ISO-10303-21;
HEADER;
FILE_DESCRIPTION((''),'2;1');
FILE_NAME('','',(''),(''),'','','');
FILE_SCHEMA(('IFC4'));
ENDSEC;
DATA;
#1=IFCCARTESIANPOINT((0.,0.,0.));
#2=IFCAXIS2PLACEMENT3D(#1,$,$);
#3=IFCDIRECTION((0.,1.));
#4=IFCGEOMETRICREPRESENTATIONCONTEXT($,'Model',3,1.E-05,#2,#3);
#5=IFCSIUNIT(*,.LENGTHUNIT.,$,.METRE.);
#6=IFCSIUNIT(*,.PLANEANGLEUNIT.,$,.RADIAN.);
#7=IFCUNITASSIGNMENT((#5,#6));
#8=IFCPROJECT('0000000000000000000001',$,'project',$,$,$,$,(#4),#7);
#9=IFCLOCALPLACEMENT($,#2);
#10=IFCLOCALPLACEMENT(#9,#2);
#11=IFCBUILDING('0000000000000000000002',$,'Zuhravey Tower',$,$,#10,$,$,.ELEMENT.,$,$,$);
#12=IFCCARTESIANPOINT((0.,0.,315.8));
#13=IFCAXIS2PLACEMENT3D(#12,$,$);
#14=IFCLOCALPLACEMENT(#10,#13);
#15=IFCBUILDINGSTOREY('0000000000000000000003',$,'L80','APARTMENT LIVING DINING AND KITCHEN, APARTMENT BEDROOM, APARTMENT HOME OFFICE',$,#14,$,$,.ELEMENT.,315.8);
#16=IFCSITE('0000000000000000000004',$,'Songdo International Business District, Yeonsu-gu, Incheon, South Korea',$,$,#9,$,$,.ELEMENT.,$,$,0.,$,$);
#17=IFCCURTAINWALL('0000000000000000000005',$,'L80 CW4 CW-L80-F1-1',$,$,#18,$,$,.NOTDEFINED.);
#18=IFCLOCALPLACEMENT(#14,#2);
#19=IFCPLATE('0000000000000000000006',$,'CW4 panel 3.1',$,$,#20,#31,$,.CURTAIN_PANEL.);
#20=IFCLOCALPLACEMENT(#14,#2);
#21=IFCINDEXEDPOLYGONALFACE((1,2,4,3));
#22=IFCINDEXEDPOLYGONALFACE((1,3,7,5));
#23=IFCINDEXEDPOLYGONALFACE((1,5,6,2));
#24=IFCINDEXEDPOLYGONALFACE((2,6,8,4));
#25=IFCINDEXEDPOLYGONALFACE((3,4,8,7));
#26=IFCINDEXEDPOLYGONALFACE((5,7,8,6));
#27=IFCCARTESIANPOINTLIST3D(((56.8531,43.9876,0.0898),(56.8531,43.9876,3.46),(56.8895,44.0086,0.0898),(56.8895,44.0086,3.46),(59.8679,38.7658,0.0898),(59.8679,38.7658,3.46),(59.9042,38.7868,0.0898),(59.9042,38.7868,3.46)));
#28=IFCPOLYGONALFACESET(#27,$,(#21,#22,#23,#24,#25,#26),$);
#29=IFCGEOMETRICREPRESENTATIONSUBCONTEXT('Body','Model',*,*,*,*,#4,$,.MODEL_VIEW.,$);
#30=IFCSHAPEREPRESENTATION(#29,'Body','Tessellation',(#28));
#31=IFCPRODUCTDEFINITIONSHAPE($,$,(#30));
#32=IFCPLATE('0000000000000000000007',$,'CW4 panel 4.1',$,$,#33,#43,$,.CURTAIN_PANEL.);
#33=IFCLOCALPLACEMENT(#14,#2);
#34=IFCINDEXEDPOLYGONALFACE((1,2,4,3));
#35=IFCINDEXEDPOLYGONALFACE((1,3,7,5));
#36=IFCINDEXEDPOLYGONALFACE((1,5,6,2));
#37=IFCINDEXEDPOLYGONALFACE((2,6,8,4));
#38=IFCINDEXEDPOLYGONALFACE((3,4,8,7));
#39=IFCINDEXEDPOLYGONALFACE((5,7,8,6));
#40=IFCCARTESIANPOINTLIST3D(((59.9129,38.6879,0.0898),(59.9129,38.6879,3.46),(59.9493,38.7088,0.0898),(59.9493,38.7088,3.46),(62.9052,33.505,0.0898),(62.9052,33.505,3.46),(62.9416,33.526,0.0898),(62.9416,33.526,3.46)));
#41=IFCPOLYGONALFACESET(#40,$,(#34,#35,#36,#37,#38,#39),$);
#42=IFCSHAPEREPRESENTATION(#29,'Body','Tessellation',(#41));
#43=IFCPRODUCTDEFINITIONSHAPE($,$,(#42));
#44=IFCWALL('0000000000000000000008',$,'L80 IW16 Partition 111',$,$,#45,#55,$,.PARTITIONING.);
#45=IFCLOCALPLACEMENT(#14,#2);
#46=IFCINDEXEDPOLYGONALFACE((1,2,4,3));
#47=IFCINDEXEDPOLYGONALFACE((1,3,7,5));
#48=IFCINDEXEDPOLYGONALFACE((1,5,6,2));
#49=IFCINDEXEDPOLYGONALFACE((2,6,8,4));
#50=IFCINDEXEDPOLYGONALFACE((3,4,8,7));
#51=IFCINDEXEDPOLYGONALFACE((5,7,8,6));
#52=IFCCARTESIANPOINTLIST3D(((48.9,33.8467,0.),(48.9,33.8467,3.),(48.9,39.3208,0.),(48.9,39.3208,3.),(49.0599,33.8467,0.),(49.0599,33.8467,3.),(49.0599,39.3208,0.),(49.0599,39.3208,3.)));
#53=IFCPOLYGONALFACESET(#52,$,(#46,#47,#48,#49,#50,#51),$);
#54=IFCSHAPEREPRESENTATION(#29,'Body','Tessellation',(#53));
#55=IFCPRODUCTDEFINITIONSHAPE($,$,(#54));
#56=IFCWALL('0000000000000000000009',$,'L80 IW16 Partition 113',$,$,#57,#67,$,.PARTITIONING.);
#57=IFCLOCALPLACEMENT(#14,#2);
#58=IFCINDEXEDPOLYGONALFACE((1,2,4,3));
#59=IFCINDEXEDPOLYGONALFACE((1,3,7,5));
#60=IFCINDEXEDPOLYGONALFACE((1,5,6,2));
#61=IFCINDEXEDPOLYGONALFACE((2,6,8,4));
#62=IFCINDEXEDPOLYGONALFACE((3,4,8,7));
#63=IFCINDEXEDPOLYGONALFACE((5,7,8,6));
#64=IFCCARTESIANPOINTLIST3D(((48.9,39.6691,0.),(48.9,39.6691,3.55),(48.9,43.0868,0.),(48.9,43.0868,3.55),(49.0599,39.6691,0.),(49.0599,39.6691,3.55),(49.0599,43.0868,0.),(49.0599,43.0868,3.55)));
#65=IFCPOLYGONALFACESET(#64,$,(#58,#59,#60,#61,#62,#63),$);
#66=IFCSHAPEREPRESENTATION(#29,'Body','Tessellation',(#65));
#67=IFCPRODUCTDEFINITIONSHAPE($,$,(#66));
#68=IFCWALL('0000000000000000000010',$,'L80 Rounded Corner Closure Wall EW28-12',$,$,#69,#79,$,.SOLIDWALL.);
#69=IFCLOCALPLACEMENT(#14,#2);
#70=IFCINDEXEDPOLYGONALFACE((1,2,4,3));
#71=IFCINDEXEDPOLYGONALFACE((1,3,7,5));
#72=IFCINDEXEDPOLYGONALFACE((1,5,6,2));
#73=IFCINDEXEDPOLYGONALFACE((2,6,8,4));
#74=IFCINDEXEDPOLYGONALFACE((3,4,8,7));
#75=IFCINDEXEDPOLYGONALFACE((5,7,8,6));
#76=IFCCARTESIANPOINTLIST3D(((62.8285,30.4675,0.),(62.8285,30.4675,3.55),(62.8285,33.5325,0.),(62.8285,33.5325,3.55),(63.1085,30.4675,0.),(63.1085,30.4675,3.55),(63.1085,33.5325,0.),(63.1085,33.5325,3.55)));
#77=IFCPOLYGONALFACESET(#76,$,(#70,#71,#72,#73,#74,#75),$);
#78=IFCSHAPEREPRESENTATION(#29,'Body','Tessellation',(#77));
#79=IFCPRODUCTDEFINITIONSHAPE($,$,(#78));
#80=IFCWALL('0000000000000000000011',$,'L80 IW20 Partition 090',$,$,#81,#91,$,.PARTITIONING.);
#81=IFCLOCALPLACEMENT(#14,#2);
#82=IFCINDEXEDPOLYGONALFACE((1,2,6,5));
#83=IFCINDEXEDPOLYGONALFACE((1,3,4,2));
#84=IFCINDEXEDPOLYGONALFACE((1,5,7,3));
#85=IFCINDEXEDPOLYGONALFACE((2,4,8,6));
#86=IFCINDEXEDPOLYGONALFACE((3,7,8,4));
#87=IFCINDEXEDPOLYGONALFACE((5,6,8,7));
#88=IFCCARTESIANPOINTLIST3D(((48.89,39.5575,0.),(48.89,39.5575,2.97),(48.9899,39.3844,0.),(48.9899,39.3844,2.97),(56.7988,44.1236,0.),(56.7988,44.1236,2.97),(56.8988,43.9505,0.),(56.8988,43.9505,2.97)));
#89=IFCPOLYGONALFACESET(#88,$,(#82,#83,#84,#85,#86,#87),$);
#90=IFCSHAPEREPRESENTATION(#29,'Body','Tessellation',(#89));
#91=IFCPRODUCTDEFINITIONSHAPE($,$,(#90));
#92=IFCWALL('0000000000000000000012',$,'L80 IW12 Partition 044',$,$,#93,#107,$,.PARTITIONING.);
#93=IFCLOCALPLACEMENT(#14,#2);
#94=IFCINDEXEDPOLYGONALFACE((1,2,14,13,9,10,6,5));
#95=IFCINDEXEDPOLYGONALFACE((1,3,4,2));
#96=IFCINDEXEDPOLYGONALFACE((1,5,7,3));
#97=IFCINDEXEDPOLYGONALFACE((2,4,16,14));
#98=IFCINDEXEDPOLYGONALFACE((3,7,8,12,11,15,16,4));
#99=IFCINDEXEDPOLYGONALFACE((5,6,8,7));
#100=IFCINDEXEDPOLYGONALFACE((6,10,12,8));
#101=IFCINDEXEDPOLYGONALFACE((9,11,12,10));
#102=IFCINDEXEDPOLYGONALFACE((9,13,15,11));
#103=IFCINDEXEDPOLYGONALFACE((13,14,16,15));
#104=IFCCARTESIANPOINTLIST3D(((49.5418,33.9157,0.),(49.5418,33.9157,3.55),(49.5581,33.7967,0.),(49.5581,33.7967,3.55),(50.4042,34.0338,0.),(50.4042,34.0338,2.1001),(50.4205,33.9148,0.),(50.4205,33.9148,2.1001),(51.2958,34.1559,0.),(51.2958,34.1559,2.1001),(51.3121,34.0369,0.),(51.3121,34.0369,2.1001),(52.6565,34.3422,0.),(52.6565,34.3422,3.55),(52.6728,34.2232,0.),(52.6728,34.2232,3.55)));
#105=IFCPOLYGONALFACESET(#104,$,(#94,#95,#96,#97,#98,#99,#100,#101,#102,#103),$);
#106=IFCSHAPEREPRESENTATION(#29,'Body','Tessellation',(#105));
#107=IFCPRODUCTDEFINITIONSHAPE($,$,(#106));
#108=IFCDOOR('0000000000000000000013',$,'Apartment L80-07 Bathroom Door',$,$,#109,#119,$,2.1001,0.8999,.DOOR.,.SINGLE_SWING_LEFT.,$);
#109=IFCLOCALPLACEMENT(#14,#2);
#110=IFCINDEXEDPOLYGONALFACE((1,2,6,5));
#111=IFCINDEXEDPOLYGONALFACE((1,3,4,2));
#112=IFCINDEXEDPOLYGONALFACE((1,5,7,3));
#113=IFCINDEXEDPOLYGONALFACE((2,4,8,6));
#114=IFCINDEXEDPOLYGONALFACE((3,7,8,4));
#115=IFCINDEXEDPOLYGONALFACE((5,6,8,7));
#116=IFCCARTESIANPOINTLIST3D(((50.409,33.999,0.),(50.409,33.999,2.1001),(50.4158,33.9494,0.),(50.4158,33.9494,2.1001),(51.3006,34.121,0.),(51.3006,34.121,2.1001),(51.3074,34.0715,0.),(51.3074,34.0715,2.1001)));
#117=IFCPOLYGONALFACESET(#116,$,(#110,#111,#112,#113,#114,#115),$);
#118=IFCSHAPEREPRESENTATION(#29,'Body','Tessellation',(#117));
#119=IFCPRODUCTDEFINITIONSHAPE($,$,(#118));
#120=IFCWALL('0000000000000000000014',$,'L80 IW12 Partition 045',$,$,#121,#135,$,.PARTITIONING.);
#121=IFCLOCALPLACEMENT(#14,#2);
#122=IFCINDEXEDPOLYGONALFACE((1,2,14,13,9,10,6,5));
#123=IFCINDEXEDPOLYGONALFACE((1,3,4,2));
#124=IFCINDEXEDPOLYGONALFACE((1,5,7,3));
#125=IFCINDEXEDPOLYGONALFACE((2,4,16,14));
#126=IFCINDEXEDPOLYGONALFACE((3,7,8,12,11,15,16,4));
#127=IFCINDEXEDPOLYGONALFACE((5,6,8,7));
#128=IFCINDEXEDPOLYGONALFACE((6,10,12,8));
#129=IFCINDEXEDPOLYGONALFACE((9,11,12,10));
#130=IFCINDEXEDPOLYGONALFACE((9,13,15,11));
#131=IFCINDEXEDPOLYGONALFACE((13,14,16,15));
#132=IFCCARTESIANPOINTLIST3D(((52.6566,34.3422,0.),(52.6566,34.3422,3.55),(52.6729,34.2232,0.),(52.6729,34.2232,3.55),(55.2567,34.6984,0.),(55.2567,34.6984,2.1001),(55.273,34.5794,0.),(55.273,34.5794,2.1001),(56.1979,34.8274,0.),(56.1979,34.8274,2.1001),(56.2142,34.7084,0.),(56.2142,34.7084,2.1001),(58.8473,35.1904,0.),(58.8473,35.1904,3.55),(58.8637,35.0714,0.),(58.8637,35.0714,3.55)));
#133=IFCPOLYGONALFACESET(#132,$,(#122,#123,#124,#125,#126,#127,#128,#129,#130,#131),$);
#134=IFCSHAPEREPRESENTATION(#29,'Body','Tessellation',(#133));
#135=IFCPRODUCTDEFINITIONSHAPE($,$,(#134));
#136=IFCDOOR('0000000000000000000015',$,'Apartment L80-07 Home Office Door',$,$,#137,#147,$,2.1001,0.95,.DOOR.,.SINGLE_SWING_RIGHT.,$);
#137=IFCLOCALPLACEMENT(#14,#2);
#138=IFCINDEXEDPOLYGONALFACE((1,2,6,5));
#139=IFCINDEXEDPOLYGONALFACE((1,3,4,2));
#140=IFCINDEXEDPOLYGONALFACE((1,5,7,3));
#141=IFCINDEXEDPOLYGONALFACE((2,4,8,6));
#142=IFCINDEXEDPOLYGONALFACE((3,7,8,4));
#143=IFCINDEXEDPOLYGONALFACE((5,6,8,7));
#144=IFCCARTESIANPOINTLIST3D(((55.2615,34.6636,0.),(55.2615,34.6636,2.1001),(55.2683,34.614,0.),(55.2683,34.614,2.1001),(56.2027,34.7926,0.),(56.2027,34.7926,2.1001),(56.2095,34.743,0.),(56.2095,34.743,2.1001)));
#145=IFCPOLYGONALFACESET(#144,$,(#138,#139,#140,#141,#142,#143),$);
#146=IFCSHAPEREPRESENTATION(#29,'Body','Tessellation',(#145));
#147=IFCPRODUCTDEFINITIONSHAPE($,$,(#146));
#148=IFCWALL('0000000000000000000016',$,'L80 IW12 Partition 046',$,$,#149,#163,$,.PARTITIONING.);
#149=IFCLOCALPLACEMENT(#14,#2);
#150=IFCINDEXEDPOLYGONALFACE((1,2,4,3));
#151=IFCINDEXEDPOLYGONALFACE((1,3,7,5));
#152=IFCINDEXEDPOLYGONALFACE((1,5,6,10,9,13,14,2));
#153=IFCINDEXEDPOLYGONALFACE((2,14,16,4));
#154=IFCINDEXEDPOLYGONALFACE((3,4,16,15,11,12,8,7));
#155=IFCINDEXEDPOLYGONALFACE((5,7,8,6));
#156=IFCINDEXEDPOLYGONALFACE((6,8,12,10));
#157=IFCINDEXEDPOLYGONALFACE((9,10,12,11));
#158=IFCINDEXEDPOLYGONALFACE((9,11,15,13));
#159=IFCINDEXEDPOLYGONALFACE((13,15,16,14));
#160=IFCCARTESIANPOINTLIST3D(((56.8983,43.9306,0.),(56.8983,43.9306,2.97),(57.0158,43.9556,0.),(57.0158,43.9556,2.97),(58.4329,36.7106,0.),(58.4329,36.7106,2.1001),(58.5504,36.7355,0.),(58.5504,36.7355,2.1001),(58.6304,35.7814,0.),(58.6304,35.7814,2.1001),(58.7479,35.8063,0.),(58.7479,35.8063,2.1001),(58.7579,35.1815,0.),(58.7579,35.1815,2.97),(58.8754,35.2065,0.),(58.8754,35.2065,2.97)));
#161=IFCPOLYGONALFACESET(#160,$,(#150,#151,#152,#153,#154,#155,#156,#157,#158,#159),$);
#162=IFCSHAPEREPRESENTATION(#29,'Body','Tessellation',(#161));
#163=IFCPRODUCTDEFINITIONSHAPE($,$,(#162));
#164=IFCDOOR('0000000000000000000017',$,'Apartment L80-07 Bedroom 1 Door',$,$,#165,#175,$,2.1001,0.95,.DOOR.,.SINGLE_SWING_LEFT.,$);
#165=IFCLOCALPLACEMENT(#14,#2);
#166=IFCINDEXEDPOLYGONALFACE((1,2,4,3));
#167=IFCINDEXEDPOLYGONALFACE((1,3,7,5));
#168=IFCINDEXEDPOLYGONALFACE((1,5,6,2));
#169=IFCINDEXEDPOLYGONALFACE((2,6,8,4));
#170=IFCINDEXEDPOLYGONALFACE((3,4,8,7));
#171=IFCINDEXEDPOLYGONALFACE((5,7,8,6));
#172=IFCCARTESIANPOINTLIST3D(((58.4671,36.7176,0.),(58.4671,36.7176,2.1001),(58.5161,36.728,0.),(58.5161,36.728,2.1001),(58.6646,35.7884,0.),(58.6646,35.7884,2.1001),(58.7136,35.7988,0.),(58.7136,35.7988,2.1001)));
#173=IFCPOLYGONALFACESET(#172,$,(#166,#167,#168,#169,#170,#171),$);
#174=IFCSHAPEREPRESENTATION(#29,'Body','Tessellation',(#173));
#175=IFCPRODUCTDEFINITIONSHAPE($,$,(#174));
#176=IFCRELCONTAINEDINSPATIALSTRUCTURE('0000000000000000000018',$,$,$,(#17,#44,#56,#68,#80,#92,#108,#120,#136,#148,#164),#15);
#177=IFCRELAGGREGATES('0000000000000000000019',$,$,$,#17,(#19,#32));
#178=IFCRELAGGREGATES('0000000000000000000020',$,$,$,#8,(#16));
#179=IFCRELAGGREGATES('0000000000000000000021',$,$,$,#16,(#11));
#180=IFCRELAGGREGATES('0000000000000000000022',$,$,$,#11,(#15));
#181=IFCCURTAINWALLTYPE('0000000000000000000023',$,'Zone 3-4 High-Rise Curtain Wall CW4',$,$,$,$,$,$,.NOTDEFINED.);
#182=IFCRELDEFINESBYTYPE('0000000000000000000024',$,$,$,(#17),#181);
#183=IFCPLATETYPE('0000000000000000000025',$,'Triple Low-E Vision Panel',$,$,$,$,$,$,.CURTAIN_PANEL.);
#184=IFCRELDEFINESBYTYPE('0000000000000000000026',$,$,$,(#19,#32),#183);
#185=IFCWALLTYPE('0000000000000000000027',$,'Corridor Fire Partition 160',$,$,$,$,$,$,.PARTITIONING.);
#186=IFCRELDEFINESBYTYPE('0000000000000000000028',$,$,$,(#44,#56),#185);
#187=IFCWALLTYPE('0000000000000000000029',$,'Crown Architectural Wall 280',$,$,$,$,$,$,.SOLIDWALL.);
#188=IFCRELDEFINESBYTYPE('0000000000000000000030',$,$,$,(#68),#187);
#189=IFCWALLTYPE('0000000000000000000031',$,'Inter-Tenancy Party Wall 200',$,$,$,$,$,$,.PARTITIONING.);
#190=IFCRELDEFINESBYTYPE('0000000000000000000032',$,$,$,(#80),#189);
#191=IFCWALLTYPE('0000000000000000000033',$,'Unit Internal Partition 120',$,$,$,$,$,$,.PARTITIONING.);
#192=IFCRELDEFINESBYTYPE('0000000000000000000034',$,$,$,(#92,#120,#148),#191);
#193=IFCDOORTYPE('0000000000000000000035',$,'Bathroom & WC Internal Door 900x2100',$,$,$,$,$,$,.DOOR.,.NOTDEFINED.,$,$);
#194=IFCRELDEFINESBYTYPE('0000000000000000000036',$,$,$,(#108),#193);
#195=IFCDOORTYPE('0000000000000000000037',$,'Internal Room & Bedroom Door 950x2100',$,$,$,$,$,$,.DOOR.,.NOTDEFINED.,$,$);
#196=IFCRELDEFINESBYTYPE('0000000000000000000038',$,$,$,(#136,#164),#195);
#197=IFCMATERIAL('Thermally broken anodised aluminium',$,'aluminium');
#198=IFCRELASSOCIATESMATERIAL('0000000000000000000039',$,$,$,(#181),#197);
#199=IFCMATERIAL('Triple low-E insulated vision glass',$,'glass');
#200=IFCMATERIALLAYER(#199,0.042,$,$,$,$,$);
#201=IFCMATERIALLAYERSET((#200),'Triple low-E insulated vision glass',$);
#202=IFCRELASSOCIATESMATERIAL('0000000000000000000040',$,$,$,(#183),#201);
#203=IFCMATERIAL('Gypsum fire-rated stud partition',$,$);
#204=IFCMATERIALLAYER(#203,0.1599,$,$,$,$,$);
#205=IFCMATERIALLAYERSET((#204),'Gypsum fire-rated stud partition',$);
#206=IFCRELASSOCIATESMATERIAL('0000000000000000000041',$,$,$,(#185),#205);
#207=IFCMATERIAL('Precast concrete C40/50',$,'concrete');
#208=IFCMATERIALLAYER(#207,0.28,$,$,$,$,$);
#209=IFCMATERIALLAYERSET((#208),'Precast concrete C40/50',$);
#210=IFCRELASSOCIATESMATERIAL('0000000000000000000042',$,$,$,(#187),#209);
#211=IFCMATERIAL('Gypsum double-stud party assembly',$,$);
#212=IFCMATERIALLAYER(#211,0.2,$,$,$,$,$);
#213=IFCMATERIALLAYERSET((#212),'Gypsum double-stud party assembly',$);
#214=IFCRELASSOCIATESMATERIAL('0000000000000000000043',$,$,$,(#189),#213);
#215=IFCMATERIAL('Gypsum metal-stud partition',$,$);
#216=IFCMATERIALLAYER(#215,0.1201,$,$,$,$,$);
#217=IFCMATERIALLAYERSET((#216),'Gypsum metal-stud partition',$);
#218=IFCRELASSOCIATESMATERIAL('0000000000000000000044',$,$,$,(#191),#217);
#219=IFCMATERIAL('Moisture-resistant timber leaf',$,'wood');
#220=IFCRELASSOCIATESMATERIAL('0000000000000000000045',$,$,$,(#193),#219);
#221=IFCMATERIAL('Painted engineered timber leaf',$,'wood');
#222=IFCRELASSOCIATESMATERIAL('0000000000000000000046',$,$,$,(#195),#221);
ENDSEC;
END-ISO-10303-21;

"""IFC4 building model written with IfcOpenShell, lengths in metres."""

from ifc_helpers import new_model, si_unit, direction, frame, frame_2d, origin, origin_2d, place, context, subcontext, project, spatial, rectangle, extrude, material, layer, layer_set, type_object, element, fill, aggregate, save


model = new_model("IFC4")

# Units and contexts
model_context = context("Model", 3, precision=1e-05, world=origin(), true_north=direction((0.0, 1.0)))
body_context = subcontext(model_context, "Body", "Model", "MODEL_VIEW")
ifc_project = project(units=[si_unit("LENGTHUNIT", "METRE"), si_unit("PLANEANGLEUNIT", "RADIAN")], contexts=[model_context])

# Site, building, storey
site_placement = place(None, origin())
site = spatial("IfcSite", under=ifc_project, at=site_placement, Name="Songdo International Business District, Yeonsu-gu, Incheon, South Korea", CompositionType="ELEMENT", RefElevation=0.0)
building_placement = place(site_placement, origin())
building = spatial("IfcBuilding", under=site, at=building_placement, Name="Zuhravey Tower", CompositionType="ELEMENT")
storey_placement = place(building_placement, frame((0.0, 0.0, 315.8)))
storey = spatial("IfcBuildingStorey", under=building, at=storey_placement, Name="L80", Description="APARTMENT LIVING DINING AND KITCHEN, APARTMENT BEDROOM, APARTMENT HOME OFFICE", CompositionType="ELEMENT", Elevation=315.8)

# Curtain wall
ifc_material_1 = material(Name="Thermally broken anodised aluminium", Category="aluminium")
curtain_wall_type = type_object("IfcCurtainWallType", Name="Zone 3-4 High-Rise Curtain Wall CW4", PredefinedType="NOTDEFINED", material=ifc_material_1)
curtain_wall_placement = place(storey_placement, origin())
curtain_wall = element("IfcCurtainWall", 1, at=curtain_wall_placement, inside=storey, type_object=curtain_wall_type, Name="L80 CW4 CW-L80-F1-1", PredefinedType="NOTDEFINED")

# Plates
ifc_material_2 = material(Name="Triple low-E insulated vision glass", Category="glass")
ifc_layer_1 = layer(ifc_material_2, 0.042)
ifc_layer_set_1 = layer_set([ifc_layer_1], Name="Triple low-E insulated vision glass")
plate_type_1 = type_object("IfcPlateType", Name="Triple Low-E Vision Panel", PredefinedType="CURTAIN_PANEL", material=ifc_layer_set_1)
plate_1_placement = place(storey_placement, frame((58.3787, 41.3872, 0.0898), z_axis=(0.0, 0.0, 1.0), x_axis=(0.5, -0.866026, 0.0)))
plate_1 = element("IfcPlate", 2, at=plate_1_placement, type_object=plate_type_1, Name="CW4 panel 3.1", PredefinedType="CURTAIN_PANEL", context=body_context, shape_type="SweptSolid", body=[
    extrude(rectangle(XDim=6.0295, YDim=0.042, at=origin_2d()), origin(), (0.0, 0.0, 1.0), 3.3701),
])
plate_2_placement = place(storey_placement, frame((61.4272, 36.1069, 0.0898), z_axis=(0.0, 0.0, 1.0), x_axis=(0.5, -0.866026, 0.0)))
plate_2 = element("IfcPlate", 3, at=plate_2_placement, type_object=plate_type_1, Name="CW4 panel 4.1", PredefinedType="CURTAIN_PANEL", context=body_context, shape_type="SweptSolid", body=[
    extrude(rectangle(XDim=5.9846, YDim=0.042, at=origin_2d()), origin(), (0.0, 0.0, 1.0), 3.3701),
])
aggregate(curtain_wall, [plate_1, plate_2])

# Walls
ifc_material_3 = material(Name="Gypsum fire-rated stud partition")
ifc_layer_2 = layer(ifc_material_3, 0.1599)
ifc_layer_set_2 = layer_set([ifc_layer_2], Name="Gypsum fire-rated stud partition")
wall_type_1 = type_object("IfcWallType", Name="Corridor Fire Partition 160", PredefinedType="PARTITIONING", material=ifc_layer_set_2)
wall_1_placement = place(storey_placement, frame((48.98, 33.8467, 0.0), z_axis=(0.0, 0.0, 1.0), x_axis=(0.0, 1.0, 0.0)))
element("IfcWall", 4, at=wall_1_placement, inside=storey, type_object=wall_type_1, Name="L80 IW16 Partition 111", PredefinedType="PARTITIONING", context=body_context, shape_type="SweptSolid", body=[
    extrude(rectangle(XDim=5.4741, YDim=0.1599, at=frame_2d((2.7371, 0.0))), origin(), (0.0, 0.0, 1.0), 3.0),
])
wall_2_placement = place(storey_placement, frame((48.98, 39.6689, 0.0), z_axis=(0.0, 0.0, 1.0), x_axis=(0.0, 1.0, 0.0)))
element("IfcWall", 5, at=wall_2_placement, inside=storey, type_object=wall_type_1, Name="L80 IW16 Partition 113", PredefinedType="PARTITIONING", context=body_context, shape_type="SweptSolid", body=[
    extrude(rectangle(XDim=3.4177, YDim=0.1599, at=frame_2d((1.709, 0.0))), origin(), (0.0, 0.0, 1.0), 3.55),
])
ifc_material_4 = material(Name="Precast concrete C40/50", Category="concrete")
ifc_layer_3 = layer(ifc_material_4, 0.28)
ifc_layer_set_3 = layer_set([ifc_layer_3], Name="Precast concrete C40/50")
wall_type_2 = type_object("IfcWallType", Name="Crown Architectural Wall 280", PredefinedType="SOLIDWALL", material=ifc_layer_set_3)
wall_3_placement = place(storey_placement, frame((62.9685, 33.5325, 0.0), z_axis=(0.0, 0.0, 1.0), x_axis=(0.0, -1.0, 0.0)))
element("IfcWall", 6, at=wall_3_placement, inside=storey, type_object=wall_type_2, Name="L80 Rounded Corner Closure Wall EW28-12", PredefinedType="SOLIDWALL", context=body_context, shape_type="SweptSolid", body=[
    extrude(rectangle(XDim=3.0649, YDim=0.28, at=frame_2d((1.5325, 0.0))), origin(), (0.0, 0.0, 1.0), 3.55),
])
ifc_material_5 = material(Name="Gypsum double-stud party assembly")
ifc_layer_4 = layer(ifc_material_5, 0.2)
ifc_layer_set_4 = layer_set([ifc_layer_4], Name="Gypsum double-stud party assembly")
wall_type_3 = type_object("IfcWallType", Name="Inter-Tenancy Party Wall 200", PredefinedType="PARTITIONING", material=ifc_layer_set_4)
wall_4_placement = place(storey_placement, frame((48.9399, 39.4709, 0.0), z_axis=(0.0, 0.0, 1.0), x_axis=(0.866028, 0.499995, 0.0)))
element("IfcWall", 7, at=wall_4_placement, inside=storey, type_object=wall_type_3, Name="L80 IW20 Partition 090", PredefinedType="PARTITIONING", context=body_context, shape_type="SweptSolid", body=[
    extrude(rectangle(XDim=9.1323, YDim=0.2, at=frame_2d((4.5662, 0.0))), origin(), (0.0, 0.0, 1.0), 2.97),
])

# Walls, openings, doors
ifc_material_6 = material(Name="Gypsum metal-stud partition")
ifc_layer_5 = layer(ifc_material_6, 0.1201)
ifc_layer_set_5 = layer_set([ifc_layer_5], Name="Gypsum metal-stud partition")
wall_type_4 = type_object("IfcWallType", Name="Unit Internal Partition 120", PredefinedType="PARTITIONING", material=ifc_layer_set_5)
wall_5_placement = place(storey_placement, frame((49.55, 33.8562, 0.0), z_axis=(0.0, 0.0, 1.0), x_axis=(0.990754, 0.135668, 0.0)))
wall_5 = element("IfcWall", 8, at=wall_5_placement, inside=storey, type_object=wall_type_4, Name="L80 IW12 Partition 044", PredefinedType="PARTITIONING", context=body_context, shape_type="SweptSolid", body=[
    extrude(rectangle(XDim=3.1438, YDim=0.1201, at=frame_2d((1.5718, 0.0))), origin(), (0.0, 0.0, 1.0), 3.55),
])
opening_1_placement = place(wall_5_placement, frame((0.8704, 0.0, 0.0)))
opening_1 = element("IfcOpeningElement", 9, at=opening_1_placement, cuts=wall_5, PredefinedType="OPENING", context=body_context, shape_type="SweptSolid", body=[
    extrude(rectangle(XDim=0.8999, YDim=2.1001, at=frame_2d((0.45, 1.05))), frame((0.0, 0.072, 0.0), z_axis=(0.0, -1.0, 0.0), x_axis=(1.0, 0.0, 0.0)), (0.0, 0.0, 1.0), 0.144),
])
ifc_material_7 = material(Name="Moisture-resistant timber leaf", Category="wood")
door_type_1 = type_object("IfcDoorType", Name="Bathroom & WC Internal Door 900x2100", OperationType="NOTDEFINED", PredefinedType="DOOR", material=ifc_material_7)
door_1_placement = place(opening_1_placement, origin())
door_1 = element("IfcDoor", 10, at=door_1_placement, inside=storey, type_object=door_type_1, Name="Apartment L80-07 Bathroom Door", OperationType="SINGLE_SWING_LEFT", OverallHeight=2.1001, OverallWidth=0.8999, PredefinedType="DOOR", context=body_context, shape_type="SweptSolid", body=[
    extrude(rectangle(XDim=0.8999, YDim=2.1001, at=frame_2d((0.45, 1.05))), frame((0.0, 0.0249, 0.0), z_axis=(0.0, -1.0, 0.0), x_axis=(1.0, 0.0, 0.0)), (0.0, 0.0, 1.0), 0.05),
])
fill(opening_1, door_1)
wall_6_placement = place(storey_placement, frame((52.6648, 34.2827, 0.0), z_axis=(0.0, 0.0, 1.0), x_axis=(0.990745, 0.135736, 0.0)))
wall_6 = element("IfcWall", 11, at=wall_6_placement, inside=storey, type_object=wall_type_4, Name="L80 IW12 Partition 045", PredefinedType="PARTITIONING", context=body_context, shape_type="SweptSolid", body=[
    extrude(rectangle(XDim=6.2485, YDim=0.1201, at=frame_2d((3.1243, 0.0))), origin(), (0.0, 0.0, 1.0), 3.55),
])
opening_2_placement = place(wall_6_placement, frame((2.6243, 0.0, 0.0)))
opening_2 = element("IfcOpeningElement", 12, at=opening_2_placement, cuts=wall_6, PredefinedType="OPENING", context=body_context, shape_type="SweptSolid", body=[
    extrude(rectangle(XDim=0.95, YDim=2.1001, at=frame_2d((0.4751, 1.05))), frame((0.0, 0.072, 0.0), z_axis=(0.0, -1.0, 0.0), x_axis=(1.0, 0.0, 0.0)), (0.0, 0.0, 1.0), 0.144),
])
ifc_material_8 = material(Name="Painted engineered timber leaf", Category="wood")
door_type_2 = type_object("IfcDoorType", Name="Internal Room & Bedroom Door 950x2100", OperationType="NOTDEFINED", PredefinedType="DOOR", material=ifc_material_8)
door_2_placement = place(opening_2_placement, origin())
door_2 = element("IfcDoor", 13, at=door_2_placement, inside=storey, type_object=door_type_2, Name="Apartment L80-07 Home Office Door", OperationType="SINGLE_SWING_RIGHT", OverallHeight=2.1001, OverallWidth=0.95, PredefinedType="DOOR", context=body_context, shape_type="SweptSolid", body=[
    extrude(rectangle(XDim=0.95, YDim=2.1001, at=frame_2d((0.4751, 1.05))), frame((0.0, 0.0249, 0.0), z_axis=(0.0, -1.0, 0.0), x_axis=(1.0, 0.0, 0.0)), (0.0, 0.0, 1.0), 0.05),
])
fill(opening_2, door_2)
wall_7_placement = place(storey_placement, frame((58.8167, 35.1941, 0.0), z_axis=(0.0, 0.0, 1.0), x_axis=(-0.207907, 0.978149, 0.0)))
wall_7 = element("IfcWall", 14, at=wall_7_placement, inside=storey, type_object=wall_type_4, Name="L80 IW12 Partition 046", PredefinedType="PARTITIONING", context=body_context, shape_type="SweptSolid", body=[
    extrude(rectangle(XDim=8.9446, YDim=0.1201, at=frame_2d((4.4722, 0.0))), origin(), (0.0, 0.0, 1.0), 2.97),
])
opening_3_placement = place(wall_7_placement, frame((0.613, 0.0, 0.0)))
opening_3 = element("IfcOpeningElement", 15, at=opening_3_placement, cuts=wall_7, PredefinedType="OPENING", context=body_context, shape_type="SweptSolid", body=[
    extrude(rectangle(XDim=0.95, YDim=2.1001, at=frame_2d((0.4751, 1.05))), frame((0.0, 0.072, 0.0), z_axis=(0.0, -1.0, 0.0), x_axis=(1.0, 0.0, 0.0)), (0.0, 0.0, 1.0), 0.144),
])
door_3_placement = place(opening_3_placement, frame((0.95, 0.0, 0.0), z_axis=(0.0, 0.0, 1.0), x_axis=(-1.0, 0.0, 0.0)))
door_3 = element("IfcDoor", 16, at=door_3_placement, inside=storey, type_object=door_type_2, Name="Apartment L80-07 Bedroom 1 Door", OperationType="SINGLE_SWING_LEFT", OverallHeight=2.1001, OverallWidth=0.95, PredefinedType="DOOR", context=body_context, shape_type="SweptSolid", body=[
    extrude(rectangle(XDim=0.95, YDim=2.1001, at=frame_2d((0.4751, 1.05))), frame((0.0, 0.0249, 0.0), z_axis=(0.0, -1.0, 0.0), x_axis=(1.0, 0.0, 0.0)), (0.0, 0.0, 1.0), 0.05),
])
fill(opening_3, door_3)

save(model, "model.ifc")
